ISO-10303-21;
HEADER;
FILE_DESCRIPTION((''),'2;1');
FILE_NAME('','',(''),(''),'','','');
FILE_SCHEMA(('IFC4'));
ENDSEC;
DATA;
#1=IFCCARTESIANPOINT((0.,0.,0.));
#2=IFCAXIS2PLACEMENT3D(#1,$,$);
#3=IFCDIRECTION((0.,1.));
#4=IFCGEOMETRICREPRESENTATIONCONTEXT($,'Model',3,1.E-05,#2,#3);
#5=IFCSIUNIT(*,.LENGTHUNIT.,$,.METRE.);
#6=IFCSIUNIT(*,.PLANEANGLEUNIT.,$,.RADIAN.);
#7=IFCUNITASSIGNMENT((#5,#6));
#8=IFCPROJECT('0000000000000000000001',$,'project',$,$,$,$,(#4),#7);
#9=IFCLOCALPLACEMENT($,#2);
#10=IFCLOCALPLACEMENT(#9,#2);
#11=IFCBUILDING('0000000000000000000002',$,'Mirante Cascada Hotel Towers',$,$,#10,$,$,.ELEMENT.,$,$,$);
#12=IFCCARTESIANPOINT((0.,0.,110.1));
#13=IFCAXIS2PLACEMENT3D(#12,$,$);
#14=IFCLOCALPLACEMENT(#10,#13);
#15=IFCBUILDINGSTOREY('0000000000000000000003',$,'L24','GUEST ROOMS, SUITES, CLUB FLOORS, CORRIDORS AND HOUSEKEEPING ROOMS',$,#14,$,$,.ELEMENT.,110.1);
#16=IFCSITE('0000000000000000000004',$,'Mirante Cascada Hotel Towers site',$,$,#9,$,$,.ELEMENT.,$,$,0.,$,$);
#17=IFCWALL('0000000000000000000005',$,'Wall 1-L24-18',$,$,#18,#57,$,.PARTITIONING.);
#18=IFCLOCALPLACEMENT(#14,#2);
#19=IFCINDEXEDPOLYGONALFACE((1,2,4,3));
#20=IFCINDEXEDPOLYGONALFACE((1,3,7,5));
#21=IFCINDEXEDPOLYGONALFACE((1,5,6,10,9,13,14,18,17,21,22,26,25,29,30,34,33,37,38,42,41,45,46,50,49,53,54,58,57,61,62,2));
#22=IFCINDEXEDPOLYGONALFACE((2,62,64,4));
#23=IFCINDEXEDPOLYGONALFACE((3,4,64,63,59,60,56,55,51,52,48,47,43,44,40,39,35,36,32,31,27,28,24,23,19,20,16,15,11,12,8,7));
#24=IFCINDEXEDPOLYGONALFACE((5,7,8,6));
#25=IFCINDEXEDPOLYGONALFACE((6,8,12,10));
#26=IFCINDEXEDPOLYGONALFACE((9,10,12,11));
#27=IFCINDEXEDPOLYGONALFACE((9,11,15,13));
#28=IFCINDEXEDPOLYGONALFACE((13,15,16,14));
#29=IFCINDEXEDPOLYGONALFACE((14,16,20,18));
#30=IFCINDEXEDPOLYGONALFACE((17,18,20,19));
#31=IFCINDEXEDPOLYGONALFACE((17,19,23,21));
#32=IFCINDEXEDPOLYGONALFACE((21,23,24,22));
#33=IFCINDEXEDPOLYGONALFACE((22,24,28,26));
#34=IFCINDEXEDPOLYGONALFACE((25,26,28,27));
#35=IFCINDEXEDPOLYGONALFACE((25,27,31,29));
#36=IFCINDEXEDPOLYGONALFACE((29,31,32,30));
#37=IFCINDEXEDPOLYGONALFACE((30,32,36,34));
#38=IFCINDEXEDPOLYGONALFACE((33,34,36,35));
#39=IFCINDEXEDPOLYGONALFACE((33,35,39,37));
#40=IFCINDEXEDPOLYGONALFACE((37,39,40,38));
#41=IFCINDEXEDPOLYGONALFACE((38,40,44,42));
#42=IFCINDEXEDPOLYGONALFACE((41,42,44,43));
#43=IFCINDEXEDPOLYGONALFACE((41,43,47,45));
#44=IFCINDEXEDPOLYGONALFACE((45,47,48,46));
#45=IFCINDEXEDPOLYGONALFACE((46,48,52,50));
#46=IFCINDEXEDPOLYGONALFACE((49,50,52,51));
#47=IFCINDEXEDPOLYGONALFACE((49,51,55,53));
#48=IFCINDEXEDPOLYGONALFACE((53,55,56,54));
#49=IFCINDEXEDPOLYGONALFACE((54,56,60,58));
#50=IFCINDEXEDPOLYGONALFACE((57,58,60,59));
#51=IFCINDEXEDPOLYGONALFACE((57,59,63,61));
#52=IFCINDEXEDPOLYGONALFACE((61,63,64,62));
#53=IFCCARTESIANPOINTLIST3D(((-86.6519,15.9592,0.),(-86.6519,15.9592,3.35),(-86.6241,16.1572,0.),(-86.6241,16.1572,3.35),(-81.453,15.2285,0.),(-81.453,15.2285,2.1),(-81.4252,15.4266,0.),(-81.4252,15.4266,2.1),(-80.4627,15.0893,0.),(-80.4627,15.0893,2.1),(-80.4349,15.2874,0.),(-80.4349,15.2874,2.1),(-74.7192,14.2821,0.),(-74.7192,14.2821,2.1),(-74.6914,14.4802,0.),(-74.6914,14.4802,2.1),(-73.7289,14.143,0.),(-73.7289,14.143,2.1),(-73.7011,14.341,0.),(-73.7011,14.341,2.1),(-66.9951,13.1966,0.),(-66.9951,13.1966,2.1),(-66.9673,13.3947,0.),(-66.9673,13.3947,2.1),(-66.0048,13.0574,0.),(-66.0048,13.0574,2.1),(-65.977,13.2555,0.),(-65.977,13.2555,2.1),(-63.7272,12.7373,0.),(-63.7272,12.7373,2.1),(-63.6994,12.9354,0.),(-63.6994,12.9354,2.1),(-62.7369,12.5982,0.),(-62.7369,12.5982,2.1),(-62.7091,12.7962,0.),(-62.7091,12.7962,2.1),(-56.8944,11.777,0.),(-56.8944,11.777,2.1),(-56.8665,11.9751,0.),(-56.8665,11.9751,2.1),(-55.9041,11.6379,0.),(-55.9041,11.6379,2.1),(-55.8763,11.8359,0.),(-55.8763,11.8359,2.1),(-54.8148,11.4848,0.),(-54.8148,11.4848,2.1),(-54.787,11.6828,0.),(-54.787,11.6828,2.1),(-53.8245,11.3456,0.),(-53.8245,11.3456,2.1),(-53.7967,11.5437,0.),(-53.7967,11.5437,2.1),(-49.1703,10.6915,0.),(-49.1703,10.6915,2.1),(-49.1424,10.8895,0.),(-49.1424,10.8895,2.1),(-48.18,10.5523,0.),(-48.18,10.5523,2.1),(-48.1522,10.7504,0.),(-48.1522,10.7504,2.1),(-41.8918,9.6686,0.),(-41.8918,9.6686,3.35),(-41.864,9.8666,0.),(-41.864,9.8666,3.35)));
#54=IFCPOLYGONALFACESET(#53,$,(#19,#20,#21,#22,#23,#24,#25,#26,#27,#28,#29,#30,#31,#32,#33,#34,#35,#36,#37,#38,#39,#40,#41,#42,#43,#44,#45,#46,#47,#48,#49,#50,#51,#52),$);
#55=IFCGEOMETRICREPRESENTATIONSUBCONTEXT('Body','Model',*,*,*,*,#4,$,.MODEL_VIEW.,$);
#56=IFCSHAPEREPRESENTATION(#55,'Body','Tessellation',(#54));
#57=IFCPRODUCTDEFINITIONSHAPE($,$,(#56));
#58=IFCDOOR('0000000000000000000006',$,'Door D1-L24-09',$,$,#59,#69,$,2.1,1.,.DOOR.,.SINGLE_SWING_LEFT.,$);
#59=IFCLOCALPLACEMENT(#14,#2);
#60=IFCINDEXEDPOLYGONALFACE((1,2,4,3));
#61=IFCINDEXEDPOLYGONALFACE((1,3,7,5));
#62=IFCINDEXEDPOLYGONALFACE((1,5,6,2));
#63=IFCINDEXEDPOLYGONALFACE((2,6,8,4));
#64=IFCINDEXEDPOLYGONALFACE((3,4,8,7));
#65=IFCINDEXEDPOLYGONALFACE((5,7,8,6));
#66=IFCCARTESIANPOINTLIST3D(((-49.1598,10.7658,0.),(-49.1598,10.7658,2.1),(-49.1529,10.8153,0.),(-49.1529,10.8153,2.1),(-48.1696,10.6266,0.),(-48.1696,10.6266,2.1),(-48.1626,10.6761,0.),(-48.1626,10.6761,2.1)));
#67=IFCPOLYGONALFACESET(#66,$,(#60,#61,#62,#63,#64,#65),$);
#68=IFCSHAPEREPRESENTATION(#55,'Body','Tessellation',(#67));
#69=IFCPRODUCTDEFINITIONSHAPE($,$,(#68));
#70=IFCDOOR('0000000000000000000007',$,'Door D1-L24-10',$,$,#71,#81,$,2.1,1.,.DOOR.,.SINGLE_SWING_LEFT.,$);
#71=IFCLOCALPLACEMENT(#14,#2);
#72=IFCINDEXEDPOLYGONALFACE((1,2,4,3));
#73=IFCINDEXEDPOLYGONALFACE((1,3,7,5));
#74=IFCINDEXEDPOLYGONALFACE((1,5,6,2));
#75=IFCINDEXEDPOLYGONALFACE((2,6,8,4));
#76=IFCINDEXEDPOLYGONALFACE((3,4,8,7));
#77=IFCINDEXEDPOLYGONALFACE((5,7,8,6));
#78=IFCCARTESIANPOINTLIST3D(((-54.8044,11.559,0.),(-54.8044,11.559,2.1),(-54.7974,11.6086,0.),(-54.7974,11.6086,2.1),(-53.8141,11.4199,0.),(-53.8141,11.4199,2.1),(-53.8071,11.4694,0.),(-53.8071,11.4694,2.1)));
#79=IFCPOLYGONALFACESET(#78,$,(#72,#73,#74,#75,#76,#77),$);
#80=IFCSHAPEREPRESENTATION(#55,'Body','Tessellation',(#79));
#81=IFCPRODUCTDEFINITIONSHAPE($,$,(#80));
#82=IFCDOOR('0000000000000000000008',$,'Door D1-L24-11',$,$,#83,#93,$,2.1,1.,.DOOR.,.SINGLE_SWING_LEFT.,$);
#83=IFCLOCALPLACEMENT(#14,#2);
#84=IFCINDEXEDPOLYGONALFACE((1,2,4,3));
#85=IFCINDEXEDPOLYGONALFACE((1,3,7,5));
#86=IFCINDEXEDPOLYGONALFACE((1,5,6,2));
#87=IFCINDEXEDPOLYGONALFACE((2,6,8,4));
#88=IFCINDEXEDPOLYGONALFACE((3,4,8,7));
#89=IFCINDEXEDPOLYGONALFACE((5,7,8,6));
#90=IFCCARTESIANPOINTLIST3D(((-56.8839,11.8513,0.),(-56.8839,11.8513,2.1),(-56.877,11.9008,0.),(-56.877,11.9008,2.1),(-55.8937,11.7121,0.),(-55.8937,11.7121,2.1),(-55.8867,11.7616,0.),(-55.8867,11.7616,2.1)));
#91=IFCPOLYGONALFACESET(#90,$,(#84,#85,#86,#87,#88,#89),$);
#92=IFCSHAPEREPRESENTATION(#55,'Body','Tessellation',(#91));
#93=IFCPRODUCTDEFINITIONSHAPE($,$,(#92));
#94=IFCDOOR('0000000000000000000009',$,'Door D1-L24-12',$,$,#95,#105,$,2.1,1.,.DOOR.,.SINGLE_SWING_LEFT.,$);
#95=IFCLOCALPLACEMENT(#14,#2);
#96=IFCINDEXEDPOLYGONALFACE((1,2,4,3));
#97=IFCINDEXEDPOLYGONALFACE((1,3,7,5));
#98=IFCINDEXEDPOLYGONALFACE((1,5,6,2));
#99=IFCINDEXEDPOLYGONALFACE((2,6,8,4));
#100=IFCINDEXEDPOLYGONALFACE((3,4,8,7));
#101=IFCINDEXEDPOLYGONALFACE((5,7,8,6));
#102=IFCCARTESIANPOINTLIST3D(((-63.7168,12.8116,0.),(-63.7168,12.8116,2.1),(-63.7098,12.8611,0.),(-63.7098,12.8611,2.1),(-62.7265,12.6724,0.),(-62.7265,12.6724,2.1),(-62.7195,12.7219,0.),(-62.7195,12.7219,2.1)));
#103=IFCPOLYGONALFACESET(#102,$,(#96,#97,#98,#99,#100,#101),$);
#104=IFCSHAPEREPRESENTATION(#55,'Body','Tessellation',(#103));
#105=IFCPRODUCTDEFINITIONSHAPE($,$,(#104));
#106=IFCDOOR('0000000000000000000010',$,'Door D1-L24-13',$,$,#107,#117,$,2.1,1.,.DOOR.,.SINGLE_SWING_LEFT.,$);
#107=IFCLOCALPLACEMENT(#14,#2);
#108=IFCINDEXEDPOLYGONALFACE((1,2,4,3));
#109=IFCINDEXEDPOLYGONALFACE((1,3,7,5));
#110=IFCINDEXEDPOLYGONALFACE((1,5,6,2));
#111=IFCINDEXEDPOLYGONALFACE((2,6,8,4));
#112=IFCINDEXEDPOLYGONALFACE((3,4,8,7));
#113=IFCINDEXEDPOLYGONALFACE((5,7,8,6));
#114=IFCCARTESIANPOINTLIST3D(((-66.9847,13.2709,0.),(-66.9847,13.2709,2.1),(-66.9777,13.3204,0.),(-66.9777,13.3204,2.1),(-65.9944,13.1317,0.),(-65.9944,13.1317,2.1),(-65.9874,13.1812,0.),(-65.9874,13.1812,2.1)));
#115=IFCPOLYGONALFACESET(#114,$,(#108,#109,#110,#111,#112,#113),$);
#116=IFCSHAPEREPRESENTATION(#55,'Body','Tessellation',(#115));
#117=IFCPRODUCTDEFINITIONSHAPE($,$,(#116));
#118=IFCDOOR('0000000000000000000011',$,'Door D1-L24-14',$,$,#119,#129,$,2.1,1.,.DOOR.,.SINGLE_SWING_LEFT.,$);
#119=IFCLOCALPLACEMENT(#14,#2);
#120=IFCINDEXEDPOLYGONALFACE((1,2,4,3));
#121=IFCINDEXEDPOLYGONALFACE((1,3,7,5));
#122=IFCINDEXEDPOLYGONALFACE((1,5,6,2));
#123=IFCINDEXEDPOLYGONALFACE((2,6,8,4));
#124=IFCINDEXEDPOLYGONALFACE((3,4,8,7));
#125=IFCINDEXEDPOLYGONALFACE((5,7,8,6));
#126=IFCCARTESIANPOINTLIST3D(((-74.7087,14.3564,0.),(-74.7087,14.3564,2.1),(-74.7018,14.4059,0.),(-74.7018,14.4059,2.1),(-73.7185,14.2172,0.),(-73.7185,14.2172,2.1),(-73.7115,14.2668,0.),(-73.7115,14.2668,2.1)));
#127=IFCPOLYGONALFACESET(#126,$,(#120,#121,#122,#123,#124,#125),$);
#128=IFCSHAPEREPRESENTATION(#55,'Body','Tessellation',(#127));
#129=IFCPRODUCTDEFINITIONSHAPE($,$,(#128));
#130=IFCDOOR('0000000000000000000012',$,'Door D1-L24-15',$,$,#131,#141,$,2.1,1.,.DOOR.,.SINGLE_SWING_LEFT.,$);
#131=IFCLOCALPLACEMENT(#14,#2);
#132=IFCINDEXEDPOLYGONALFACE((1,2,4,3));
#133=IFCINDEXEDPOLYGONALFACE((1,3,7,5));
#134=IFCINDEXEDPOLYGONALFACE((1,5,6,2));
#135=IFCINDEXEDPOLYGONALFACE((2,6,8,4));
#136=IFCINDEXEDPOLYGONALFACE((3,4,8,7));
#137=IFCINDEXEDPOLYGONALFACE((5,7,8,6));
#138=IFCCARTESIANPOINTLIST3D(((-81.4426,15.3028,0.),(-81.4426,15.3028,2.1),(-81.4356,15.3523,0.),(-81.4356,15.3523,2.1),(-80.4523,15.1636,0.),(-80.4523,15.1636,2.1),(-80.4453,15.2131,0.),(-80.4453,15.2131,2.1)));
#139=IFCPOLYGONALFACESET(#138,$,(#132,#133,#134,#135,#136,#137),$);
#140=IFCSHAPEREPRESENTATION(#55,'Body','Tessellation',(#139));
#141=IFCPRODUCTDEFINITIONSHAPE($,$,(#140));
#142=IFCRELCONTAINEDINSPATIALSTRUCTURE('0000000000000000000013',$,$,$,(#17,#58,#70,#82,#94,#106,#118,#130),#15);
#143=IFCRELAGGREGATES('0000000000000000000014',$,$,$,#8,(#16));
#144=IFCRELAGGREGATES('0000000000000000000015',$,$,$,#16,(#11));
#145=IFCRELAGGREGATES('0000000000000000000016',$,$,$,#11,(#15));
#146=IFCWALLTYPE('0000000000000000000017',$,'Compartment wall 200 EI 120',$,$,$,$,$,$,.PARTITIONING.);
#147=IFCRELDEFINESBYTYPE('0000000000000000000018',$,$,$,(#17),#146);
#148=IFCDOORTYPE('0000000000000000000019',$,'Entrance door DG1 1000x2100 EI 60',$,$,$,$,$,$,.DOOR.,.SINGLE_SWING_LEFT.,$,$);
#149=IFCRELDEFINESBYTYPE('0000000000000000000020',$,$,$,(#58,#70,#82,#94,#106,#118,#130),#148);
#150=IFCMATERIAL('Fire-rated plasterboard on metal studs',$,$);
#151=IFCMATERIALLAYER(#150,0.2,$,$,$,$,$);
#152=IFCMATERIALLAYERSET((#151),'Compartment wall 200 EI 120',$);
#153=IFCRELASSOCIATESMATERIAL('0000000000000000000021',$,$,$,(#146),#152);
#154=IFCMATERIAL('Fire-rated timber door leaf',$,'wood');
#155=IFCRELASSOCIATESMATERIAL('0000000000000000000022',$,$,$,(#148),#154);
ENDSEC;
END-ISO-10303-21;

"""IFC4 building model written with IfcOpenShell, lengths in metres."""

from ifc_helpers import new_model, si_unit, direction, frame, frame_2d, origin, place, context, subcontext, project, spatial, rectangle, extrude, material, layer, layer_set, type_object, element, fill, save


model = new_model("IFC4")

# Units and contexts
model_context = context("Model", 3, precision=1e-05, world=origin(), true_north=direction((0.0, 1.0)))
body_context = subcontext(model_context, "Body", "Model", "MODEL_VIEW")
ifc_project = project(units=[si_unit("LENGTHUNIT", "METRE"), si_unit("PLANEANGLEUNIT", "RADIAN")], contexts=[model_context])

# Site, building, storey
site_placement = place(None, origin())
site = spatial("IfcSite", under=ifc_project, at=site_placement, Name="Mirante Cascada Hotel Towers site", CompositionType="ELEMENT", RefElevation=0.0)
building_placement = place(site_placement, origin())
building = spatial("IfcBuilding", under=site, at=building_placement, Name="Mirante Cascada Hotel Towers", CompositionType="ELEMENT")
storey_placement = place(building_placement, frame((0.0, 0.0, 110.1)))
storey = spatial("IfcBuildingStorey", under=building, at=storey_placement, Name="L24", Description="GUEST ROOMS, SUITES, CLUB FLOORS, CORRIDORS AND HOUSEKEEPING ROOMS", CompositionType="ELEMENT", Elevation=110.1)

# Shared definitions
ifc_material_1 = material(Name="Fire-rated plasterboard on metal studs")
ifc_layer_1 = layer(ifc_material_1, 0.2)
ifc_layer_set_1 = layer_set([ifc_layer_1], Name="Compartment wall 200 EI 120")
wall_type_1 = type_object("IfcWallType", Name="Compartment wall 200 EI 120", PredefinedType="PARTITIONING", material=ifc_layer_set_1)

# Wall, openings, doors
wall_1_placement = place(storey_placement, frame((-86.638, 16.0582, 0.0), z_axis=(0.0, 0.0, 1.0), x_axis=(0.990268, -0.139173, 0.0)))
wall_1 = element("IfcWall", 1, at=wall_1_placement, inside=storey, type_object=wall_type_1, Name="Wall 1-L24-18", PredefinedType="PARTITIONING", context=body_context, shape_type="SweptSolid", body=[
    extrude(rectangle(XDim=45.2, YDim=0.2, at=frame_2d((22.6, 0.0))), origin(), (0.0, 0.0, 1.0), 3.35),
])
opening_1_placement = place(wall_1_placement, frame((37.85, 0.0, 0.0)))
opening_1 = element("IfcOpeningElement", 2, at=opening_1_placement, cuts=wall_1, PredefinedType="OPENING", context=body_context, shape_type="SweptSolid", body=[
    extrude(rectangle(XDim=1.0, YDim=2.1, at=frame_2d((0.5, 1.05))), frame((0.0, 0.1, 0.0), z_axis=(0.0, -1.0, 0.0), x_axis=(1.0, 0.0, 0.0)), (0.0, 0.0, 1.0), 0.2),
])
opening_2_placement = place(wall_1_placement, frame((32.15, 0.0, 0.0)))
opening_2 = element("IfcOpeningElement", 3, at=opening_2_placement, cuts=wall_1, PredefinedType="OPENING", context=body_context, shape_type="SweptSolid", body=[
    extrude(rectangle(XDim=1.0, YDim=2.1, at=frame_2d((0.5, 1.05))), frame((0.0, 0.1, 0.0), z_axis=(0.0, -1.0, 0.0), x_axis=(1.0, 0.0, 0.0)), (0.0, 0.0, 1.0), 0.2),
])
opening_3_placement = place(wall_1_placement, frame((30.05, 0.0, 0.0)))
opening_3 = element("IfcOpeningElement", 4, at=opening_3_placement, cuts=wall_1, PredefinedType="OPENING", context=body_context, shape_type="SweptSolid", body=[
    extrude(rectangle(XDim=1.0, YDim=2.1, at=frame_2d((0.5, 1.05))), frame((0.0, 0.1, 0.0), z_axis=(0.0, -1.0, 0.0), x_axis=(1.0, 0.0, 0.0)), (0.0, 0.0, 1.0), 0.2),
])
opening_4_placement = place(wall_1_placement, frame((23.15, 0.0, 0.0)))
opening_4 = element("IfcOpeningElement", 5, at=opening_4_placement, cuts=wall_1, PredefinedType="OPENING", context=body_context, shape_type="SweptSolid", body=[
    extrude(rectangle(XDim=1.0, YDim=2.1, at=frame_2d((0.5, 1.05))), frame((0.0, 0.1, 0.0), z_axis=(0.0, -1.0, 0.0), x_axis=(1.0, 0.0, 0.0)), (0.0, 0.0, 1.0), 0.2),
])
opening_5_placement = place(wall_1_placement, frame((19.85, 0.0, 0.0)))
opening_5 = element("IfcOpeningElement", 6, at=opening_5_placement, cuts=wall_1, PredefinedType="OPENING", context=body_context, shape_type="SweptSolid", body=[
    extrude(rectangle(XDim=1.0, YDim=2.1, at=frame_2d((0.5, 1.05))), frame((0.0, 0.1, 0.0), z_axis=(0.0, -1.0, 0.0), x_axis=(1.0, 0.0, 0.0)), (0.0, 0.0, 1.0), 0.2),
])
opening_6_placement = place(wall_1_placement, frame((12.05, 0.0, 0.0)))
opening_6 = element("IfcOpeningElement", 7, at=opening_6_placement, cuts=wall_1, PredefinedType="OPENING", context=body_context, shape_type="SweptSolid", body=[
    extrude(rectangle(XDim=1.0, YDim=2.1, at=frame_2d((0.5, 1.05))), frame((0.0, 0.1, 0.0), z_axis=(0.0, -1.0, 0.0), x_axis=(1.0, 0.0, 0.0)), (0.0, 0.0, 1.0), 0.2),
])
opening_7_placement = place(wall_1_placement, frame((5.25, 0.0, 0.0)))
opening_7 = element("IfcOpeningElement", 8, at=opening_7_placement, cuts=wall_1, PredefinedType="OPENING", context=body_context, shape_type="SweptSolid", body=[
    extrude(rectangle(XDim=1.0, YDim=2.1, at=frame_2d((0.5, 1.05))), frame((0.0, 0.1, 0.0), z_axis=(0.0, -1.0, 0.0), x_axis=(1.0, 0.0, 0.0)), (0.0, 0.0, 1.0), 0.2),
])
ifc_material_2 = material(Name="Fire-rated timber door leaf", Category="wood")
door_type_1 = type_object("IfcDoorType", Name="Entrance door DG1 1000x2100 EI 60", OperationType="SINGLE_SWING_LEFT", PredefinedType="DOOR", material=ifc_material_2)
door_1_placement = place(opening_1_placement, origin())
door_1 = element("IfcDoor", 9, at=door_1_placement, inside=storey, type_object=door_type_1, Name="Door D1-L24-09", OperationType="SINGLE_SWING_LEFT", OverallHeight=2.1, OverallWidth=1.0, PredefinedType="DOOR", context=body_context, shape_type="SweptSolid", body=[
    extrude(rectangle(XDim=1.0, YDim=2.1, at=frame_2d((0.5, 1.05))), frame((0.0, 0.025, 0.0), z_axis=(0.0, -1.0, 0.0), x_axis=(1.0, 0.0, 0.0)), (0.0, 0.0, 1.0), 0.05),
])
fill(opening_1, door_1)
door_2_placement = place(opening_2_placement, origin())
door_2 = element("IfcDoor", 10, at=door_2_placement, inside=storey, type_object=door_type_1, Name="Door D1-L24-10", OperationType="SINGLE_SWING_LEFT", OverallHeight=2.1, OverallWidth=1.0, PredefinedType="DOOR", context=body_context, shape_type="SweptSolid", body=[
    extrude(rectangle(XDim=1.0, YDim=2.1, at=frame_2d((0.5, 1.05))), frame((0.0, 0.025, 0.0), z_axis=(0.0, -1.0, 0.0), x_axis=(1.0, 0.0, 0.0)), (0.0, 0.0, 1.0), 0.05),
])
fill(opening_2, door_2)
door_3_placement = place(opening_3_placement, origin())
door_3 = element("IfcDoor", 11, at=door_3_placement, inside=storey, type_object=door_type_1, Name="Door D1-L24-11", OperationType="SINGLE_SWING_LEFT", OverallHeight=2.1, OverallWidth=1.0, PredefinedType="DOOR", context=body_context, shape_type="SweptSolid", body=[
    extrude(rectangle(XDim=1.0, YDim=2.1, at=frame_2d((0.5, 1.05))), frame((0.0, 0.025, 0.0), z_axis=(0.0, -1.0, 0.0), x_axis=(1.0, 0.0, 0.0)), (0.0, 0.0, 1.0), 0.05),
])
fill(opening_3, door_3)
door_4_placement = place(opening_4_placement, origin())
door_4 = element("IfcDoor", 12, at=door_4_placement, inside=storey, type_object=door_type_1, Name="Door D1-L24-12", OperationType="SINGLE_SWING_LEFT", OverallHeight=2.1, OverallWidth=1.0, PredefinedType="DOOR", context=body_context, shape_type="SweptSolid", body=[
    extrude(rectangle(XDim=1.0, YDim=2.1, at=frame_2d((0.5, 1.05))), frame((0.0, 0.025, 0.0), z_axis=(0.0, -1.0, 0.0), x_axis=(1.0, 0.0, 0.0)), (0.0, 0.0, 1.0), 0.05),
])
fill(opening_4, door_4)
door_5_placement = place(opening_5_placement, origin())
door_5 = element("IfcDoor", 13, at=door_5_placement, inside=storey, type_object=door_type_1, Name="Door D1-L24-13", OperationType="SINGLE_SWING_LEFT", OverallHeight=2.1, OverallWidth=1.0, PredefinedType="DOOR", context=body_context, shape_type="SweptSolid", body=[
    extrude(rectangle(XDim=1.0, YDim=2.1, at=frame_2d((0.5, 1.05))), frame((0.0, 0.025, 0.0), z_axis=(0.0, -1.0, 0.0), x_axis=(1.0, 0.0, 0.0)), (0.0, 0.0, 1.0), 0.05),
])
fill(opening_5, door_5)
door_6_placement = place(opening_6_placement, origin())
door_6 = element("IfcDoor", 14, at=door_6_placement, inside=storey, type_object=door_type_1, Name="Door D1-L24-14", OperationType="SINGLE_SWING_LEFT", OverallHeight=2.1, OverallWidth=1.0, PredefinedType="DOOR", context=body_context, shape_type="SweptSolid", body=[
    extrude(rectangle(XDim=1.0, YDim=2.1, at=frame_2d((0.5, 1.05))), frame((0.0, 0.025, 0.0), z_axis=(0.0, -1.0, 0.0), x_axis=(1.0, 0.0, 0.0)), (0.0, 0.0, 1.0), 0.05),
])
fill(opening_6, door_6)
door_7_placement = place(opening_7_placement, origin())
door_7 = element("IfcDoor", 15, at=door_7_placement, inside=storey, type_object=door_type_1, Name="Door D1-L24-15", OperationType="SINGLE_SWING_LEFT", OverallHeight=2.1, OverallWidth=1.0, PredefinedType="DOOR", context=body_context, shape_type="SweptSolid", body=[
    extrude(rectangle(XDim=1.0, YDim=2.1, at=frame_2d((0.5, 1.05))), frame((0.0, 0.025, 0.0), z_axis=(0.0, -1.0, 0.0), x_axis=(1.0, 0.0, 0.0)), (0.0, 0.0, 1.0), 0.05),
])
fill(opening_7, door_7)

save(model, "model.ifc")
